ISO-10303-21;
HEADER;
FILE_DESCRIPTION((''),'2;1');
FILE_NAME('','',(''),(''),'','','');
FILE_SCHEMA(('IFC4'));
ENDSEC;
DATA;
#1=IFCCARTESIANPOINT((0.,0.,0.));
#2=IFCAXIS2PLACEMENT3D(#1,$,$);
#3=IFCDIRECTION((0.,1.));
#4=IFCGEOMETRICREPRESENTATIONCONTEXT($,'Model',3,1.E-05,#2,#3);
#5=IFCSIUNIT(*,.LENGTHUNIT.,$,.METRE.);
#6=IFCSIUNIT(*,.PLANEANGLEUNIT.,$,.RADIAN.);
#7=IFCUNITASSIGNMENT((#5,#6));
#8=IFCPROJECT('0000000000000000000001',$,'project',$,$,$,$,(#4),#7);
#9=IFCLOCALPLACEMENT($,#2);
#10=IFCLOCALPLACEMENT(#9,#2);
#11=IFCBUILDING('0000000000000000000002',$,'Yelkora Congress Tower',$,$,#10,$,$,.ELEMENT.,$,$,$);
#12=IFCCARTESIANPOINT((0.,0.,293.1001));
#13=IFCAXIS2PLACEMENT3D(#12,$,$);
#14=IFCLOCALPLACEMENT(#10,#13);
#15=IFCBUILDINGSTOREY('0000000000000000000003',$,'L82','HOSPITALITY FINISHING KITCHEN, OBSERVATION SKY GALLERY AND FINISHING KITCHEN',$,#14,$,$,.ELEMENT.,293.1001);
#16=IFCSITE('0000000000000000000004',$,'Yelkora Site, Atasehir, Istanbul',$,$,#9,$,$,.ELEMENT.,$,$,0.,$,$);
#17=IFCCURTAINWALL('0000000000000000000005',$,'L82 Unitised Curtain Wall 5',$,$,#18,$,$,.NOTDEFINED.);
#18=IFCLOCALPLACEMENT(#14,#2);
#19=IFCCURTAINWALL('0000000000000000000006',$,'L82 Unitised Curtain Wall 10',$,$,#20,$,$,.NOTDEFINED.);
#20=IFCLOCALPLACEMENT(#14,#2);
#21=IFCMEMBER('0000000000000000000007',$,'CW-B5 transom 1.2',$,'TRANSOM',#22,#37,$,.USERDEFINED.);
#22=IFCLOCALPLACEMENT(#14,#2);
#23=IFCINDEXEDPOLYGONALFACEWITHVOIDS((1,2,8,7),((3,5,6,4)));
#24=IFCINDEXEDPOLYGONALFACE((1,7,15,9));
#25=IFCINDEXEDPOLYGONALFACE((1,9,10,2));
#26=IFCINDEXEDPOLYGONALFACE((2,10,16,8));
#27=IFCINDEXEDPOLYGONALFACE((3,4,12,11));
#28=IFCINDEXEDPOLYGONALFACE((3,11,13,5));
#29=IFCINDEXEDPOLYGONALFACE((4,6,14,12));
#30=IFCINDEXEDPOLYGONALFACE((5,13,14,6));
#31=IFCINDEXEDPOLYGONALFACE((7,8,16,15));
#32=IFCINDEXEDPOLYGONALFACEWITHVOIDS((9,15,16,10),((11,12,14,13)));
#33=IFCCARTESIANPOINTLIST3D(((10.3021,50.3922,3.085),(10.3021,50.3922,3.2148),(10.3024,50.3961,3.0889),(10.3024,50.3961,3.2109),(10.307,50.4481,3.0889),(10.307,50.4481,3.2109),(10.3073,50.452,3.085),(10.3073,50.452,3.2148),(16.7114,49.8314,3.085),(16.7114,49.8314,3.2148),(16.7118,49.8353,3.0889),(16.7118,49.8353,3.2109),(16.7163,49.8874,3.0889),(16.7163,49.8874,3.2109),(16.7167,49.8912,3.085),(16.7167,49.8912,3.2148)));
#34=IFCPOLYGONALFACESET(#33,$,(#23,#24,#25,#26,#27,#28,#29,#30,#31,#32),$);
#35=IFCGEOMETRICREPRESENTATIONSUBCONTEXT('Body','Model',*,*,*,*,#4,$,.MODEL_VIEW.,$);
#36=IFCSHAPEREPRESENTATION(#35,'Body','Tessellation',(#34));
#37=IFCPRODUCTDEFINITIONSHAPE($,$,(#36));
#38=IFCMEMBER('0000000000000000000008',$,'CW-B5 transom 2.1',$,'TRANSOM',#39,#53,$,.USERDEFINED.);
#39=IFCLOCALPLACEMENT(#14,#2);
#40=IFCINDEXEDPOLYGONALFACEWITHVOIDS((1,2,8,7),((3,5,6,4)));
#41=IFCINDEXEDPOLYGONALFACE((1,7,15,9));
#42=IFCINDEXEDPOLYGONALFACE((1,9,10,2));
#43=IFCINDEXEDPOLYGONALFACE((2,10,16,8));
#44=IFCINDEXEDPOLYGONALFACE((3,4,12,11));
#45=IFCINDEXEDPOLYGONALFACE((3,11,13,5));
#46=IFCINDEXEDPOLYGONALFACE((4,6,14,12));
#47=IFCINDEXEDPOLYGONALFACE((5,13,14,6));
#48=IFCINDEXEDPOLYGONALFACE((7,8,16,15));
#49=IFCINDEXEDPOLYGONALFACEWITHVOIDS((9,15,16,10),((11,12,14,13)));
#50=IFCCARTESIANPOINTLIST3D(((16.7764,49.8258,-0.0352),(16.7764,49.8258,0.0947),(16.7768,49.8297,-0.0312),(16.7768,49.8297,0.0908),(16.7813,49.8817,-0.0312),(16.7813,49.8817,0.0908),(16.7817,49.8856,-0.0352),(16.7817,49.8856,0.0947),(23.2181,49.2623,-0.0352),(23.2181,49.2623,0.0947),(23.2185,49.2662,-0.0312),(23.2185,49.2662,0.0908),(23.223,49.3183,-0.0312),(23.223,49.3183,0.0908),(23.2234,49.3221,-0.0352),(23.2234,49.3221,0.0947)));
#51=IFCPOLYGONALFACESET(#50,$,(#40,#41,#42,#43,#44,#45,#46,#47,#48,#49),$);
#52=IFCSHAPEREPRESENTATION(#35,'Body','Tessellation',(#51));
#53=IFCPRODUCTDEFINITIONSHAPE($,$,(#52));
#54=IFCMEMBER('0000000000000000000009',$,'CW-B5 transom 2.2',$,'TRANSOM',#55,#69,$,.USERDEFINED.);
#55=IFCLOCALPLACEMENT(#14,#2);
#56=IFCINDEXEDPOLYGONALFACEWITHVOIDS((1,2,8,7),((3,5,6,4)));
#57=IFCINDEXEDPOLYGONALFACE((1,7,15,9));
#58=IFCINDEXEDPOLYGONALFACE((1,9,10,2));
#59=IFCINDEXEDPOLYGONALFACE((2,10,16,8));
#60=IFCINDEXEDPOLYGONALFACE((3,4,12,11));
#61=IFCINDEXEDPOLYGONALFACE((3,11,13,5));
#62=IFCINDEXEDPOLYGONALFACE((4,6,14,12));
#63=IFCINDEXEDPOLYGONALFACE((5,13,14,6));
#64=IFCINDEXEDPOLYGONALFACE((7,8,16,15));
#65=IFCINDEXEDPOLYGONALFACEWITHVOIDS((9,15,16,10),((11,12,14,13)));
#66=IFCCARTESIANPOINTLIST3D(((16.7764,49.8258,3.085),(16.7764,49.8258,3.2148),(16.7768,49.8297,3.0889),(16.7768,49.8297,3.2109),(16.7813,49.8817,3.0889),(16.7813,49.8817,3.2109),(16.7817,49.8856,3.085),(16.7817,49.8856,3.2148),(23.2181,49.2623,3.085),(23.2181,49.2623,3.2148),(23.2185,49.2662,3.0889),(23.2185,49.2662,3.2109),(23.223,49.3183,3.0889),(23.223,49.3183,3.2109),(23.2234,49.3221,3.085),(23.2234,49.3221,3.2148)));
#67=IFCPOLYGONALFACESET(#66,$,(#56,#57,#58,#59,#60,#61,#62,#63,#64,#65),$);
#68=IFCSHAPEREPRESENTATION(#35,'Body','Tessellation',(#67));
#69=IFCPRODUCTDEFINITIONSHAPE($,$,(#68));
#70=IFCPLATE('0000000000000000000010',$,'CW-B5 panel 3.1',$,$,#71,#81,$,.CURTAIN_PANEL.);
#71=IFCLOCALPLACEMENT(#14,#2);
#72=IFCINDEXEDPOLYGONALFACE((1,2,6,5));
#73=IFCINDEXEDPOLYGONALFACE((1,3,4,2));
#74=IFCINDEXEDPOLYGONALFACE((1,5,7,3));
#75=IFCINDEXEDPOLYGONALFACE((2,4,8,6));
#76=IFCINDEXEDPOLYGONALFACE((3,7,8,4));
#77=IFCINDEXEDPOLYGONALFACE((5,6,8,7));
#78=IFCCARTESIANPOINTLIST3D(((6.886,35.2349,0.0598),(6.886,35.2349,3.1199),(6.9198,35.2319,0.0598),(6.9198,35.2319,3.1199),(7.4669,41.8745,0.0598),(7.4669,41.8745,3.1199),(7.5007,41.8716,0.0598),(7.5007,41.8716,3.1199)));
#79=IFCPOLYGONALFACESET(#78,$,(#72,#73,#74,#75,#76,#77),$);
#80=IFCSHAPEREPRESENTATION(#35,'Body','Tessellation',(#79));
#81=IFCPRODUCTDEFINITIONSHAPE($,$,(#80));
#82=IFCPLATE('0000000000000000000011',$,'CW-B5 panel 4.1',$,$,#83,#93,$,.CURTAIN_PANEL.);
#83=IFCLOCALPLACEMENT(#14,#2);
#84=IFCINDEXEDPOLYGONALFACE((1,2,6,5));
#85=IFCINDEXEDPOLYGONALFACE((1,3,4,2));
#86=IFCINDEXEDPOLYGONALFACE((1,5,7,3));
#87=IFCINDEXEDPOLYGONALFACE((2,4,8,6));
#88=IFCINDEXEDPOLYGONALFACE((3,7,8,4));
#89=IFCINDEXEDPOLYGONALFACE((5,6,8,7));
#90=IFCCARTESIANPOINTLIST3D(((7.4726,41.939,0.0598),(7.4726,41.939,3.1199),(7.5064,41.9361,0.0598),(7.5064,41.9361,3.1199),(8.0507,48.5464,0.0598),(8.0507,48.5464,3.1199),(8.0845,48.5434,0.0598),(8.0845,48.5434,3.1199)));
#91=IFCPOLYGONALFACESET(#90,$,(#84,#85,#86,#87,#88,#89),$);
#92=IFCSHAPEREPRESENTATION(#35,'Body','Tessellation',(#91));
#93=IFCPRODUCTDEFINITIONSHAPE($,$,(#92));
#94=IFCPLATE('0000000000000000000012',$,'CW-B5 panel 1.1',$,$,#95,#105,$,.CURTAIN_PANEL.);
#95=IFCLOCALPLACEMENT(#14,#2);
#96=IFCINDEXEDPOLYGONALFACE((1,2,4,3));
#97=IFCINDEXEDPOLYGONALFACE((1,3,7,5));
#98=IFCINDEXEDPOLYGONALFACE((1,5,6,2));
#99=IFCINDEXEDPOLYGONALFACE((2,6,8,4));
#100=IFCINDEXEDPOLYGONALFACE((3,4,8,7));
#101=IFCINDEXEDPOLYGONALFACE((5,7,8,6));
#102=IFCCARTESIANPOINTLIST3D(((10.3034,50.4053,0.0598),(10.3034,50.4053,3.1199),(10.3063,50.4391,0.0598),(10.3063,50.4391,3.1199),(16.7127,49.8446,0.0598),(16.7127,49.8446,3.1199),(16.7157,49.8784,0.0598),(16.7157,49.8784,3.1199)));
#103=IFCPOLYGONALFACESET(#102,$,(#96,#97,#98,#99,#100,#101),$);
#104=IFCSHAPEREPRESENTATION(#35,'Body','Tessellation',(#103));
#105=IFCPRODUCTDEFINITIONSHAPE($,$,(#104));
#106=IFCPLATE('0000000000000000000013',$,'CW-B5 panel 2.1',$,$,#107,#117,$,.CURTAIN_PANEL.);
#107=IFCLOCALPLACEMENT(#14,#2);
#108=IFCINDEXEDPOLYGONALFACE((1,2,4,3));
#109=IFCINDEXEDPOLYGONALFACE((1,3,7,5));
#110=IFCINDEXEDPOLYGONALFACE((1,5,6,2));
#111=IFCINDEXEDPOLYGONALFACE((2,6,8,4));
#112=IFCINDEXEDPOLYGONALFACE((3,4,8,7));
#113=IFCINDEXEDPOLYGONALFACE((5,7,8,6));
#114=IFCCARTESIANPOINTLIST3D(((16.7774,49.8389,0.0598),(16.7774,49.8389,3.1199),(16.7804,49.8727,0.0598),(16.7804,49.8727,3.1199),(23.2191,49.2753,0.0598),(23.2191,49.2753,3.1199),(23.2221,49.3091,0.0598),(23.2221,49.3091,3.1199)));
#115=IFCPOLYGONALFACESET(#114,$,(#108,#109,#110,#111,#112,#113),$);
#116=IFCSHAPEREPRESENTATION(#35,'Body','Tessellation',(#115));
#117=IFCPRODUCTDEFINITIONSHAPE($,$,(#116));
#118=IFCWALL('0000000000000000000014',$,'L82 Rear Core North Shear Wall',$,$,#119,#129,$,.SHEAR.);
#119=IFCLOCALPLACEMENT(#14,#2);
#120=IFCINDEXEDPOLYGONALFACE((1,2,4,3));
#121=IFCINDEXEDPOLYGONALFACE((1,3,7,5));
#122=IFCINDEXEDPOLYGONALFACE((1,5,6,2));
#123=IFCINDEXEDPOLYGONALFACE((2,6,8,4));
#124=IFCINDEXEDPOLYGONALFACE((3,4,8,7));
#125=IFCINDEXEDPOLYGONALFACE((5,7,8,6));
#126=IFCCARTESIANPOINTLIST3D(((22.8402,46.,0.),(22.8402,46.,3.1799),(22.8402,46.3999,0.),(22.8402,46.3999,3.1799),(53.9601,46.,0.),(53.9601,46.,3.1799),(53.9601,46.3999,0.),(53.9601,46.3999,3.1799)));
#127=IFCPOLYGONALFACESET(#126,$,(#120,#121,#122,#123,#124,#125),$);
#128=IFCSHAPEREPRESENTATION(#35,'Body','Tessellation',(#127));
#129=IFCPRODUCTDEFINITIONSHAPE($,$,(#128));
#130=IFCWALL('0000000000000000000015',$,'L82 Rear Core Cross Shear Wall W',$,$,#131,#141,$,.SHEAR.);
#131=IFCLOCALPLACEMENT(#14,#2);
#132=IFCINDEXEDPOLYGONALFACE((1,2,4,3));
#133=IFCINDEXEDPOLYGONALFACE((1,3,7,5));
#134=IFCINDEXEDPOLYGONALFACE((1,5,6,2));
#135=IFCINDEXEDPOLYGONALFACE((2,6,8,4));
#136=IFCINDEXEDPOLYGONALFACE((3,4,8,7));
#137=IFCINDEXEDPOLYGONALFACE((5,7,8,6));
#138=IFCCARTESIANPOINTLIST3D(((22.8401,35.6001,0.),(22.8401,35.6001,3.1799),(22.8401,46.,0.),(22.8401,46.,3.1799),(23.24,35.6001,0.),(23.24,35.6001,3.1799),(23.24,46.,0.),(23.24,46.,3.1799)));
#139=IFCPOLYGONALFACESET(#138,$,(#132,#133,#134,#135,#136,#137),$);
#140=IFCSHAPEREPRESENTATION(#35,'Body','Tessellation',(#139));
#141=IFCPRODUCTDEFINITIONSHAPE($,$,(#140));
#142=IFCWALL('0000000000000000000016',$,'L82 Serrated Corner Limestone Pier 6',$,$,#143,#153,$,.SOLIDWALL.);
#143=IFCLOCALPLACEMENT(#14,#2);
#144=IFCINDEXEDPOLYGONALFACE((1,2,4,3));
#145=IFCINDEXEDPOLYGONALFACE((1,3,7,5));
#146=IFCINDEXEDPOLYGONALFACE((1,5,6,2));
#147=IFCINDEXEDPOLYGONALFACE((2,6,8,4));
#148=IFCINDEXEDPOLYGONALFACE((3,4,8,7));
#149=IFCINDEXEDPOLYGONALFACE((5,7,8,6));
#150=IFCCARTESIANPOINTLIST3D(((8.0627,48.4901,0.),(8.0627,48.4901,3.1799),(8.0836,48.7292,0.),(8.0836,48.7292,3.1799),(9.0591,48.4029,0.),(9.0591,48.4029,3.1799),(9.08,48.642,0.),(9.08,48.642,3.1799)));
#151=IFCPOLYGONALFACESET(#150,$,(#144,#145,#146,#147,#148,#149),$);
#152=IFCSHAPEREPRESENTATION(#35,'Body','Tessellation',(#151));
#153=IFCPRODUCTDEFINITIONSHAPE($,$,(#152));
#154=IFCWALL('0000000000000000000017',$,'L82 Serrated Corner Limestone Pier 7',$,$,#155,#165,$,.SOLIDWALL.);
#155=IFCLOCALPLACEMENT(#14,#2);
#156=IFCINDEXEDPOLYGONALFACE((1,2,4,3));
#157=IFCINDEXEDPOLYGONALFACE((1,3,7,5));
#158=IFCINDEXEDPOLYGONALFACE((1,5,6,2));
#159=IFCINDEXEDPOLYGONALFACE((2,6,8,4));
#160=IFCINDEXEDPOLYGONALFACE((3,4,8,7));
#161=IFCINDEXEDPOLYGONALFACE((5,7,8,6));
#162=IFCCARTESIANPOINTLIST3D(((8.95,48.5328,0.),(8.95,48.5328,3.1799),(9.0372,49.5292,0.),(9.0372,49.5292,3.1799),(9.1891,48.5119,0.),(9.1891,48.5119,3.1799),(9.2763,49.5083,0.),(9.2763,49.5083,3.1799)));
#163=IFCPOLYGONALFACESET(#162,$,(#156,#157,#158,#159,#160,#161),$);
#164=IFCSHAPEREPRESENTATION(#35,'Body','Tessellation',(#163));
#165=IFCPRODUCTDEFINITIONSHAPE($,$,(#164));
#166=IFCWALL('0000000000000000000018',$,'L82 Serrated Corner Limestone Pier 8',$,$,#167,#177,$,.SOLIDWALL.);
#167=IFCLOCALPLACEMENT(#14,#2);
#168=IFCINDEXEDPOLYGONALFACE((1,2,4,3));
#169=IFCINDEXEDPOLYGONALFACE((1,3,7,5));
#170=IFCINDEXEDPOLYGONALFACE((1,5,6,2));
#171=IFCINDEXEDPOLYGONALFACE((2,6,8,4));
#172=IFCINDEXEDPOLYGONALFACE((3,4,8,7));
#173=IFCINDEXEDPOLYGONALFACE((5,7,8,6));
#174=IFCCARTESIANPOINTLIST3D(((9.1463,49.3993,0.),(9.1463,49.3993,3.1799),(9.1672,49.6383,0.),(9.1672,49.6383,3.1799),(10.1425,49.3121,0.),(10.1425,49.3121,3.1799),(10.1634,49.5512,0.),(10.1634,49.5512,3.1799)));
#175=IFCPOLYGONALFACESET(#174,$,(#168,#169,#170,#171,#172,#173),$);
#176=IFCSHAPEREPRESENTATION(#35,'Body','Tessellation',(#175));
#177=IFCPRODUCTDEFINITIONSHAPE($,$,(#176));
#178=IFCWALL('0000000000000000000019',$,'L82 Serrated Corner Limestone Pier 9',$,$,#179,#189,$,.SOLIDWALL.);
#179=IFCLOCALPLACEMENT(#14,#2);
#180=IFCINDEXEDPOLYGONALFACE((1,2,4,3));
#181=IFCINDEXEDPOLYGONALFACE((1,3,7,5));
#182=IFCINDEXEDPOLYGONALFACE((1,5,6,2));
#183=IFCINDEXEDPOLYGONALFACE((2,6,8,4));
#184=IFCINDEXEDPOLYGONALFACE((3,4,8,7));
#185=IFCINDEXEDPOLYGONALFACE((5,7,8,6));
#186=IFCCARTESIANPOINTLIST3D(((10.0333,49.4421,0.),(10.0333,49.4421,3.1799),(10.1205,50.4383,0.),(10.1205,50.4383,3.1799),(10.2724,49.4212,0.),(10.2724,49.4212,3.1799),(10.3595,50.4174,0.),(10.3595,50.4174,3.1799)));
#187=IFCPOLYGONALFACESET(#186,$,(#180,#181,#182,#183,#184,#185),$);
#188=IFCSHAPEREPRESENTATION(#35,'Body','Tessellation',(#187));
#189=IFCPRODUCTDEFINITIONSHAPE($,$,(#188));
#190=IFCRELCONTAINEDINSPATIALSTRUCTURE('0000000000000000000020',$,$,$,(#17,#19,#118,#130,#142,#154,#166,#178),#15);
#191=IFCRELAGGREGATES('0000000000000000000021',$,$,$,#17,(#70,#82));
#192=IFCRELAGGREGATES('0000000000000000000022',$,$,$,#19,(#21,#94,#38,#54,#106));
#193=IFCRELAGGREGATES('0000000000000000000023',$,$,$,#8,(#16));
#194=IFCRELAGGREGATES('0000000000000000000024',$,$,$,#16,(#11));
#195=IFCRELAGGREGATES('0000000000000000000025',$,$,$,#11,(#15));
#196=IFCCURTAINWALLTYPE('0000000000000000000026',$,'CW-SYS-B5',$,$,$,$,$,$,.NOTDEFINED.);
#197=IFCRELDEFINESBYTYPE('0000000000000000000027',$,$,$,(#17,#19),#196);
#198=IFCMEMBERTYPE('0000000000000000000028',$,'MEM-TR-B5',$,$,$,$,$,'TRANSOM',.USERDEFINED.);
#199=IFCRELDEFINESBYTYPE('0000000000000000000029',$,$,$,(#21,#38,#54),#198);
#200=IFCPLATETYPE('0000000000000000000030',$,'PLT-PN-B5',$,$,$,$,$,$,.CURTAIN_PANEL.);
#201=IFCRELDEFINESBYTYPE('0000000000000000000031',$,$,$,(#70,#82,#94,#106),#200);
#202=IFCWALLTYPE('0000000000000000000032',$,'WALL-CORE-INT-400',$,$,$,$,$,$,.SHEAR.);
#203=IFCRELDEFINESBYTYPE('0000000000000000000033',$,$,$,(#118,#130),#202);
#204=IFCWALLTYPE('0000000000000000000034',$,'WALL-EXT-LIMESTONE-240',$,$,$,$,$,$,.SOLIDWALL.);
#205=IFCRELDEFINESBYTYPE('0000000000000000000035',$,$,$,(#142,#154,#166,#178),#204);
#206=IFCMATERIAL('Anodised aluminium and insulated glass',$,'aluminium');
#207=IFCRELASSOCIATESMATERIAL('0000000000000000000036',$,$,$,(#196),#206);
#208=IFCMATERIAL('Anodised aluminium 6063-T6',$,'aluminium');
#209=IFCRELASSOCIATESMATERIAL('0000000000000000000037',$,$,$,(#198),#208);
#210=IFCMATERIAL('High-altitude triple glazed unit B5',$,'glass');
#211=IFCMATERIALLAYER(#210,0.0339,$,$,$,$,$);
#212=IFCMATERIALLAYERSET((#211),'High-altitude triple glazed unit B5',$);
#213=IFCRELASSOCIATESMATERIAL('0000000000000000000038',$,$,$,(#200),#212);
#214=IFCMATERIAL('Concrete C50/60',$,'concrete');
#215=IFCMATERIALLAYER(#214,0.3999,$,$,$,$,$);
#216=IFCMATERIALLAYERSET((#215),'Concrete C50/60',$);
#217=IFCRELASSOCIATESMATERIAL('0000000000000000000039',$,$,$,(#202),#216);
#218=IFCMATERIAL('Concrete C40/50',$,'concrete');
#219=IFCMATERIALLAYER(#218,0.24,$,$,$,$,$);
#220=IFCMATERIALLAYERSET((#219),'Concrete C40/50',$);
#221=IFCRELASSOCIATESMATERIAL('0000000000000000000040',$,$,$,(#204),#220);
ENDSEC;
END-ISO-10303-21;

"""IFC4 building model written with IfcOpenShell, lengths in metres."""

from ifc_helpers import new_model, si_unit, direction, frame, frame_2d, origin, origin_2d, place, context, subcontext, project, spatial, rectangle, hollow_rectangle, extrude, material, layer, layer_set, material_profile, profile_set, type_object, element, aggregate, save


model = new_model("IFC4")

# Units and contexts
model_context = context("Model", 3, precision=1e-05, world=origin(), true_north=direction((0.0, 1.0)))
body_context = subcontext(model_context, "Body", "Model", "MODEL_VIEW")
ifc_project = project(units=[si_unit("LENGTHUNIT", "METRE"), si_unit("PLANEANGLEUNIT", "RADIAN")], contexts=[model_context])

# Site, building, storey
site_placement = place(None, origin())
site = spatial("IfcSite", under=ifc_project, at=site_placement, Name="Yelkora Site, Atasehir, Istanbul", CompositionType="ELEMENT", RefElevation=0.0)
building_placement = place(site_placement, origin())
building = spatial("IfcBuilding", under=site, at=building_placement, Name="Yelkora Congress Tower", CompositionType="ELEMENT")
storey_placement = place(building_placement, frame((0.0, 0.0, 293.1001)))
storey = spatial("IfcBuildingStorey", under=building, at=storey_placement, Name="L82", Description="HOSPITALITY FINISHING KITCHEN, OBSERVATION SKY GALLERY AND FINISHING KITCHEN", CompositionType="ELEMENT", Elevation=293.1001)

# Curtain walls
ifc_material_1 = material(Name="Anodised aluminium and insulated glass", Category="aluminium")
curtain_wall_type = type_object("IfcCurtainWallType", Name="CW-SYS-B5", PredefinedType="NOTDEFINED", material=ifc_material_1)
curtain_wall_1_placement = place(storey_placement, origin())
curtain_wall_1 = element("IfcCurtainWall", 1, at=curtain_wall_1_placement, inside=storey, type_object=curtain_wall_type, Name="L82 Unitised Curtain Wall 5", PredefinedType="NOTDEFINED")
ifc_material_2 = material(Name="Anodised aluminium 6063-T6", Category="aluminium")
curtain_wall_2_placement = place(storey_placement, origin())
curtain_wall_2 = element("IfcCurtainWall", 2, at=curtain_wall_2_placement, inside=storey, type_object=curtain_wall_type, Name="L82 Unitised Curtain Wall 10", PredefinedType="NOTDEFINED")

# Members
ifc_material_profile_1 = material_profile(ifc_material_2, hollow_rectangle(XDim=0.0601, YDim=0.1299, WallThickness=0.0039, at=origin_2d()), Name="ALU 60x130x4")
ifc_profile_set_1 = profile_set([ifc_material_profile_1], Name="Anodised aluminium 6063-T6")
member_type_1 = type_object("IfcMemberType", Name="MEM-TR-B5", ElementType="TRANSOM", PredefinedType="USERDEFINED", material=ifc_profile_set_1)
member_1_placement = place(storey_placement, frame((10.3047, 50.4221, 3.1499), z_axis=(0.996194, -0.087162, 0.0), x_axis=(0.087162, 0.996194, 0.0)))
member_1 = element("IfcMember", 3, at=member_1_placement, type_object=member_type_1, Name="CW-B5 transom 1.2", ObjectType="TRANSOM", PredefinedType="USERDEFINED", context=body_context, shape_type="SweptSolid", body=[
    extrude(hollow_rectangle(XDim=0.0601, YDim=0.1299, WallThickness=0.0039, at=origin_2d()), origin(), (0.0, 0.0, 1.0), 6.4338),
])
member_2_placement = place(storey_placement, frame((16.7791, 49.8557, 0.0298), z_axis=(0.996196, -0.087141, 0.0), x_axis=(0.087141, 0.996196, 0.0)))
member_2 = element("IfcMember", 4, at=member_2_placement, type_object=member_type_1, Name="CW-B5 transom 2.1", ObjectType="TRANSOM", PredefinedType="USERDEFINED", context=body_context, shape_type="SweptSolid", body=[
    extrude(hollow_rectangle(XDim=0.0601, YDim=0.1299, WallThickness=0.0039, at=origin_2d()), origin(), (0.0, 0.0, 1.0), 6.4663),
])
member_3_placement = place(storey_placement, frame((16.7791, 49.8557, 3.1499), z_axis=(0.996196, -0.087141, 0.0), x_axis=(0.087141, 0.996196, 0.0)))
member_3 = element("IfcMember", 5, at=member_3_placement, type_object=member_type_1, Name="CW-B5 transom 2.2", ObjectType="TRANSOM", PredefinedType="USERDEFINED", context=body_context, shape_type="SweptSolid", body=[
    extrude(hollow_rectangle(XDim=0.0601, YDim=0.1299, WallThickness=0.0039, at=origin_2d()), origin(), (0.0, 0.0, 1.0), 6.4663),
])

# Plates
ifc_material_3 = material(Name="High-altitude triple glazed unit B5", Category="glass")
ifc_layer_1 = layer(ifc_material_3, 0.0339)
ifc_layer_set_1 = layer_set([ifc_layer_1], Name="High-altitude triple glazed unit B5")
plate_type = type_object("IfcPlateType", Name="PLT-PN-B5", PredefinedType="CURTAIN_PANEL", material=ifc_layer_set_1)
plate_1_placement = place(storey_placement, frame((7.1934, 38.5532, 0.0598), z_axis=(0.0, 0.0, 1.0), x_axis=(0.087155, 0.996195, 0.0)))
plate_1 = element("IfcPlate", 6, at=plate_1_placement, type_object=plate_type, Name="CW-B5 panel 3.1", PredefinedType="CURTAIN_PANEL", context=body_context, shape_type="SweptSolid", body=[
    extrude(rectangle(XDim=6.665, YDim=0.0339, at=origin_2d()), origin(), (0.0, 0.0, 1.0), 3.0601),
])
plate_2_placement = place(storey_placement, frame((7.7786, 45.2412, 0.0598), z_axis=(0.0, 0.0, 1.0), x_axis=(0.087155, 0.996195, 0.0)))
plate_2 = element("IfcPlate", 7, at=plate_2_placement, type_object=plate_type, Name="CW-B5 panel 4.1", PredefinedType="CURTAIN_PANEL", context=body_context, shape_type="SweptSolid", body=[
    extrude(rectangle(XDim=6.6326, YDim=0.0339, at=origin_2d()), origin(), (0.0, 0.0, 1.0), 3.0601),
])
aggregate(curtain_wall_1, [plate_1, plate_2])
plate_3_placement = place(storey_placement, frame((13.5095, 50.1418, 0.0598), z_axis=(0.0, 0.0, 1.0), x_axis=(0.996195, -0.087157, 0.0)))
plate_3 = element("IfcPlate", 8, at=plate_3_placement, type_object=plate_type, Name="CW-B5 panel 1.1", PredefinedType="CURTAIN_PANEL", context=body_context, shape_type="SweptSolid", body=[
    extrude(rectangle(XDim=6.4338, YDim=0.0339, at=origin_2d()), origin(), (0.0, 0.0, 1.0), 3.0601),
])
plate_4_placement = place(storey_placement, frame((19.9998, 49.574, 0.0598), z_axis=(0.0, 0.0, 1.0), x_axis=(0.996195, -0.087157, 0.0)))
plate_4 = element("IfcPlate", 9, at=plate_4_placement, type_object=plate_type, Name="CW-B5 panel 2.1", PredefinedType="CURTAIN_PANEL", context=body_context, shape_type="SweptSolid", body=[
    extrude(rectangle(XDim=6.4663, YDim=0.0339, at=origin_2d()), origin(), (0.0, 0.0, 1.0), 3.0601),
])
aggregate(curtain_wall_2, [member_1, plate_3, member_2, member_3, plate_4])

# Walls
ifc_material_4 = material(Name="Concrete C50/60", Category="concrete")
ifc_layer_2 = layer(ifc_material_4, 0.3999)
ifc_layer_set_2 = layer_set([ifc_layer_2], Name="Concrete C50/60")
wall_type_1 = type_object("IfcWallType", Name="WALL-CORE-INT-400", PredefinedType="SHEAR", material=ifc_layer_set_2)
wall_1_placement = place(storey_placement, frame((22.8401, 46.2, 0.0), z_axis=(0.0, 0.0, 1.0), x_axis=(1.0, 0.0, 0.0)))
element("IfcWall", 10, at=wall_1_placement, inside=storey, type_object=wall_type_1, Name="L82 Rear Core North Shear Wall", PredefinedType="SHEAR", context=body_context, shape_type="SweptSolid", body=[
    extrude(rectangle(XDim=31.1199, YDim=0.3999, at=frame_2d((15.5601, 0.0))), origin(), (0.0, 0.0, 1.0), 3.1799),
])
wall_2_placement = place(storey_placement, frame((23.04, 35.6001, 0.0), z_axis=(0.0, 0.0, 1.0), x_axis=(0.0, 1.0, 0.0)))
element("IfcWall", 11, at=wall_2_placement, inside=storey, type_object=wall_type_1, Name="L82 Rear Core Cross Shear Wall W", PredefinedType="SHEAR", context=body_context, shape_type="SweptSolid", body=[
    extrude(rectangle(XDim=10.3999, YDim=0.3999, at=frame_2d((5.2, 0.0))), origin(), (0.0, 0.0, 1.0), 3.1799),
])
ifc_material_5 = material(Name="Concrete C40/50", Category="concrete")
ifc_layer_3 = layer(ifc_material_5, 0.24)
ifc_layer_set_3 = layer_set([ifc_layer_3], Name="Concrete C40/50")
wall_type_2 = type_object("IfcWallType", Name="WALL-EXT-LIMESTONE-240", PredefinedType="SOLIDWALL", material=ifc_layer_set_3)
for number, where, z_axis, x_axis, name in (
    (12, (8.0732, 48.6096, 0.0), (0.0, 0.0, 1.0), (0.996196, -0.087146, 0.0), "L82 Serrated Corner Limestone Pier 6"),
    (13, (9.0696, 48.5225, 0.0), (0.0, 0.0, 1.0), (0.087146, 0.996196, 0.0), "L82 Serrated Corner Limestone Pier 7"),
):
    element("IfcWall", number, at=place(storey_placement, frame(where, z_axis=z_axis, x_axis=x_axis)), inside=storey, type_object=wall_type_2, Name=name, PredefinedType="SOLIDWALL", context=body_context, shape_type="SweptSolid", body=[
        extrude(rectangle(XDim=1.0002, YDim=0.24, at=frame_2d((0.5, 0.0))), origin(), (0.0, 0.0, 1.0), 3.1799),
    ])
for number, where, z_axis, x_axis, name in (
    (14, (9.1567, 49.5188, 0.0), (0.0, 0.0, 1.0), (0.996194, -0.087167, 0.0), "L82 Serrated Corner Limestone Pier 8"),
    (15, (10.1528, 49.4316, 0.0), (0.0, 0.0, 1.0), (0.087167, 0.996194, 0.0), "L82 Serrated Corner Limestone Pier 9"),
):
    element("IfcWall", number, at=place(storey_placement, frame(where, z_axis=z_axis, x_axis=x_axis)), inside=storey, type_object=wall_type_2, Name=name, PredefinedType="SOLIDWALL", context=body_context, shape_type="SweptSolid", body=[
        extrude(rectangle(XDim=1.0, YDim=0.24, at=frame_2d((0.5, 0.0))), origin(), (0.0, 0.0, 1.0), 3.1799),
    ])

save(model, "model.ifc")
